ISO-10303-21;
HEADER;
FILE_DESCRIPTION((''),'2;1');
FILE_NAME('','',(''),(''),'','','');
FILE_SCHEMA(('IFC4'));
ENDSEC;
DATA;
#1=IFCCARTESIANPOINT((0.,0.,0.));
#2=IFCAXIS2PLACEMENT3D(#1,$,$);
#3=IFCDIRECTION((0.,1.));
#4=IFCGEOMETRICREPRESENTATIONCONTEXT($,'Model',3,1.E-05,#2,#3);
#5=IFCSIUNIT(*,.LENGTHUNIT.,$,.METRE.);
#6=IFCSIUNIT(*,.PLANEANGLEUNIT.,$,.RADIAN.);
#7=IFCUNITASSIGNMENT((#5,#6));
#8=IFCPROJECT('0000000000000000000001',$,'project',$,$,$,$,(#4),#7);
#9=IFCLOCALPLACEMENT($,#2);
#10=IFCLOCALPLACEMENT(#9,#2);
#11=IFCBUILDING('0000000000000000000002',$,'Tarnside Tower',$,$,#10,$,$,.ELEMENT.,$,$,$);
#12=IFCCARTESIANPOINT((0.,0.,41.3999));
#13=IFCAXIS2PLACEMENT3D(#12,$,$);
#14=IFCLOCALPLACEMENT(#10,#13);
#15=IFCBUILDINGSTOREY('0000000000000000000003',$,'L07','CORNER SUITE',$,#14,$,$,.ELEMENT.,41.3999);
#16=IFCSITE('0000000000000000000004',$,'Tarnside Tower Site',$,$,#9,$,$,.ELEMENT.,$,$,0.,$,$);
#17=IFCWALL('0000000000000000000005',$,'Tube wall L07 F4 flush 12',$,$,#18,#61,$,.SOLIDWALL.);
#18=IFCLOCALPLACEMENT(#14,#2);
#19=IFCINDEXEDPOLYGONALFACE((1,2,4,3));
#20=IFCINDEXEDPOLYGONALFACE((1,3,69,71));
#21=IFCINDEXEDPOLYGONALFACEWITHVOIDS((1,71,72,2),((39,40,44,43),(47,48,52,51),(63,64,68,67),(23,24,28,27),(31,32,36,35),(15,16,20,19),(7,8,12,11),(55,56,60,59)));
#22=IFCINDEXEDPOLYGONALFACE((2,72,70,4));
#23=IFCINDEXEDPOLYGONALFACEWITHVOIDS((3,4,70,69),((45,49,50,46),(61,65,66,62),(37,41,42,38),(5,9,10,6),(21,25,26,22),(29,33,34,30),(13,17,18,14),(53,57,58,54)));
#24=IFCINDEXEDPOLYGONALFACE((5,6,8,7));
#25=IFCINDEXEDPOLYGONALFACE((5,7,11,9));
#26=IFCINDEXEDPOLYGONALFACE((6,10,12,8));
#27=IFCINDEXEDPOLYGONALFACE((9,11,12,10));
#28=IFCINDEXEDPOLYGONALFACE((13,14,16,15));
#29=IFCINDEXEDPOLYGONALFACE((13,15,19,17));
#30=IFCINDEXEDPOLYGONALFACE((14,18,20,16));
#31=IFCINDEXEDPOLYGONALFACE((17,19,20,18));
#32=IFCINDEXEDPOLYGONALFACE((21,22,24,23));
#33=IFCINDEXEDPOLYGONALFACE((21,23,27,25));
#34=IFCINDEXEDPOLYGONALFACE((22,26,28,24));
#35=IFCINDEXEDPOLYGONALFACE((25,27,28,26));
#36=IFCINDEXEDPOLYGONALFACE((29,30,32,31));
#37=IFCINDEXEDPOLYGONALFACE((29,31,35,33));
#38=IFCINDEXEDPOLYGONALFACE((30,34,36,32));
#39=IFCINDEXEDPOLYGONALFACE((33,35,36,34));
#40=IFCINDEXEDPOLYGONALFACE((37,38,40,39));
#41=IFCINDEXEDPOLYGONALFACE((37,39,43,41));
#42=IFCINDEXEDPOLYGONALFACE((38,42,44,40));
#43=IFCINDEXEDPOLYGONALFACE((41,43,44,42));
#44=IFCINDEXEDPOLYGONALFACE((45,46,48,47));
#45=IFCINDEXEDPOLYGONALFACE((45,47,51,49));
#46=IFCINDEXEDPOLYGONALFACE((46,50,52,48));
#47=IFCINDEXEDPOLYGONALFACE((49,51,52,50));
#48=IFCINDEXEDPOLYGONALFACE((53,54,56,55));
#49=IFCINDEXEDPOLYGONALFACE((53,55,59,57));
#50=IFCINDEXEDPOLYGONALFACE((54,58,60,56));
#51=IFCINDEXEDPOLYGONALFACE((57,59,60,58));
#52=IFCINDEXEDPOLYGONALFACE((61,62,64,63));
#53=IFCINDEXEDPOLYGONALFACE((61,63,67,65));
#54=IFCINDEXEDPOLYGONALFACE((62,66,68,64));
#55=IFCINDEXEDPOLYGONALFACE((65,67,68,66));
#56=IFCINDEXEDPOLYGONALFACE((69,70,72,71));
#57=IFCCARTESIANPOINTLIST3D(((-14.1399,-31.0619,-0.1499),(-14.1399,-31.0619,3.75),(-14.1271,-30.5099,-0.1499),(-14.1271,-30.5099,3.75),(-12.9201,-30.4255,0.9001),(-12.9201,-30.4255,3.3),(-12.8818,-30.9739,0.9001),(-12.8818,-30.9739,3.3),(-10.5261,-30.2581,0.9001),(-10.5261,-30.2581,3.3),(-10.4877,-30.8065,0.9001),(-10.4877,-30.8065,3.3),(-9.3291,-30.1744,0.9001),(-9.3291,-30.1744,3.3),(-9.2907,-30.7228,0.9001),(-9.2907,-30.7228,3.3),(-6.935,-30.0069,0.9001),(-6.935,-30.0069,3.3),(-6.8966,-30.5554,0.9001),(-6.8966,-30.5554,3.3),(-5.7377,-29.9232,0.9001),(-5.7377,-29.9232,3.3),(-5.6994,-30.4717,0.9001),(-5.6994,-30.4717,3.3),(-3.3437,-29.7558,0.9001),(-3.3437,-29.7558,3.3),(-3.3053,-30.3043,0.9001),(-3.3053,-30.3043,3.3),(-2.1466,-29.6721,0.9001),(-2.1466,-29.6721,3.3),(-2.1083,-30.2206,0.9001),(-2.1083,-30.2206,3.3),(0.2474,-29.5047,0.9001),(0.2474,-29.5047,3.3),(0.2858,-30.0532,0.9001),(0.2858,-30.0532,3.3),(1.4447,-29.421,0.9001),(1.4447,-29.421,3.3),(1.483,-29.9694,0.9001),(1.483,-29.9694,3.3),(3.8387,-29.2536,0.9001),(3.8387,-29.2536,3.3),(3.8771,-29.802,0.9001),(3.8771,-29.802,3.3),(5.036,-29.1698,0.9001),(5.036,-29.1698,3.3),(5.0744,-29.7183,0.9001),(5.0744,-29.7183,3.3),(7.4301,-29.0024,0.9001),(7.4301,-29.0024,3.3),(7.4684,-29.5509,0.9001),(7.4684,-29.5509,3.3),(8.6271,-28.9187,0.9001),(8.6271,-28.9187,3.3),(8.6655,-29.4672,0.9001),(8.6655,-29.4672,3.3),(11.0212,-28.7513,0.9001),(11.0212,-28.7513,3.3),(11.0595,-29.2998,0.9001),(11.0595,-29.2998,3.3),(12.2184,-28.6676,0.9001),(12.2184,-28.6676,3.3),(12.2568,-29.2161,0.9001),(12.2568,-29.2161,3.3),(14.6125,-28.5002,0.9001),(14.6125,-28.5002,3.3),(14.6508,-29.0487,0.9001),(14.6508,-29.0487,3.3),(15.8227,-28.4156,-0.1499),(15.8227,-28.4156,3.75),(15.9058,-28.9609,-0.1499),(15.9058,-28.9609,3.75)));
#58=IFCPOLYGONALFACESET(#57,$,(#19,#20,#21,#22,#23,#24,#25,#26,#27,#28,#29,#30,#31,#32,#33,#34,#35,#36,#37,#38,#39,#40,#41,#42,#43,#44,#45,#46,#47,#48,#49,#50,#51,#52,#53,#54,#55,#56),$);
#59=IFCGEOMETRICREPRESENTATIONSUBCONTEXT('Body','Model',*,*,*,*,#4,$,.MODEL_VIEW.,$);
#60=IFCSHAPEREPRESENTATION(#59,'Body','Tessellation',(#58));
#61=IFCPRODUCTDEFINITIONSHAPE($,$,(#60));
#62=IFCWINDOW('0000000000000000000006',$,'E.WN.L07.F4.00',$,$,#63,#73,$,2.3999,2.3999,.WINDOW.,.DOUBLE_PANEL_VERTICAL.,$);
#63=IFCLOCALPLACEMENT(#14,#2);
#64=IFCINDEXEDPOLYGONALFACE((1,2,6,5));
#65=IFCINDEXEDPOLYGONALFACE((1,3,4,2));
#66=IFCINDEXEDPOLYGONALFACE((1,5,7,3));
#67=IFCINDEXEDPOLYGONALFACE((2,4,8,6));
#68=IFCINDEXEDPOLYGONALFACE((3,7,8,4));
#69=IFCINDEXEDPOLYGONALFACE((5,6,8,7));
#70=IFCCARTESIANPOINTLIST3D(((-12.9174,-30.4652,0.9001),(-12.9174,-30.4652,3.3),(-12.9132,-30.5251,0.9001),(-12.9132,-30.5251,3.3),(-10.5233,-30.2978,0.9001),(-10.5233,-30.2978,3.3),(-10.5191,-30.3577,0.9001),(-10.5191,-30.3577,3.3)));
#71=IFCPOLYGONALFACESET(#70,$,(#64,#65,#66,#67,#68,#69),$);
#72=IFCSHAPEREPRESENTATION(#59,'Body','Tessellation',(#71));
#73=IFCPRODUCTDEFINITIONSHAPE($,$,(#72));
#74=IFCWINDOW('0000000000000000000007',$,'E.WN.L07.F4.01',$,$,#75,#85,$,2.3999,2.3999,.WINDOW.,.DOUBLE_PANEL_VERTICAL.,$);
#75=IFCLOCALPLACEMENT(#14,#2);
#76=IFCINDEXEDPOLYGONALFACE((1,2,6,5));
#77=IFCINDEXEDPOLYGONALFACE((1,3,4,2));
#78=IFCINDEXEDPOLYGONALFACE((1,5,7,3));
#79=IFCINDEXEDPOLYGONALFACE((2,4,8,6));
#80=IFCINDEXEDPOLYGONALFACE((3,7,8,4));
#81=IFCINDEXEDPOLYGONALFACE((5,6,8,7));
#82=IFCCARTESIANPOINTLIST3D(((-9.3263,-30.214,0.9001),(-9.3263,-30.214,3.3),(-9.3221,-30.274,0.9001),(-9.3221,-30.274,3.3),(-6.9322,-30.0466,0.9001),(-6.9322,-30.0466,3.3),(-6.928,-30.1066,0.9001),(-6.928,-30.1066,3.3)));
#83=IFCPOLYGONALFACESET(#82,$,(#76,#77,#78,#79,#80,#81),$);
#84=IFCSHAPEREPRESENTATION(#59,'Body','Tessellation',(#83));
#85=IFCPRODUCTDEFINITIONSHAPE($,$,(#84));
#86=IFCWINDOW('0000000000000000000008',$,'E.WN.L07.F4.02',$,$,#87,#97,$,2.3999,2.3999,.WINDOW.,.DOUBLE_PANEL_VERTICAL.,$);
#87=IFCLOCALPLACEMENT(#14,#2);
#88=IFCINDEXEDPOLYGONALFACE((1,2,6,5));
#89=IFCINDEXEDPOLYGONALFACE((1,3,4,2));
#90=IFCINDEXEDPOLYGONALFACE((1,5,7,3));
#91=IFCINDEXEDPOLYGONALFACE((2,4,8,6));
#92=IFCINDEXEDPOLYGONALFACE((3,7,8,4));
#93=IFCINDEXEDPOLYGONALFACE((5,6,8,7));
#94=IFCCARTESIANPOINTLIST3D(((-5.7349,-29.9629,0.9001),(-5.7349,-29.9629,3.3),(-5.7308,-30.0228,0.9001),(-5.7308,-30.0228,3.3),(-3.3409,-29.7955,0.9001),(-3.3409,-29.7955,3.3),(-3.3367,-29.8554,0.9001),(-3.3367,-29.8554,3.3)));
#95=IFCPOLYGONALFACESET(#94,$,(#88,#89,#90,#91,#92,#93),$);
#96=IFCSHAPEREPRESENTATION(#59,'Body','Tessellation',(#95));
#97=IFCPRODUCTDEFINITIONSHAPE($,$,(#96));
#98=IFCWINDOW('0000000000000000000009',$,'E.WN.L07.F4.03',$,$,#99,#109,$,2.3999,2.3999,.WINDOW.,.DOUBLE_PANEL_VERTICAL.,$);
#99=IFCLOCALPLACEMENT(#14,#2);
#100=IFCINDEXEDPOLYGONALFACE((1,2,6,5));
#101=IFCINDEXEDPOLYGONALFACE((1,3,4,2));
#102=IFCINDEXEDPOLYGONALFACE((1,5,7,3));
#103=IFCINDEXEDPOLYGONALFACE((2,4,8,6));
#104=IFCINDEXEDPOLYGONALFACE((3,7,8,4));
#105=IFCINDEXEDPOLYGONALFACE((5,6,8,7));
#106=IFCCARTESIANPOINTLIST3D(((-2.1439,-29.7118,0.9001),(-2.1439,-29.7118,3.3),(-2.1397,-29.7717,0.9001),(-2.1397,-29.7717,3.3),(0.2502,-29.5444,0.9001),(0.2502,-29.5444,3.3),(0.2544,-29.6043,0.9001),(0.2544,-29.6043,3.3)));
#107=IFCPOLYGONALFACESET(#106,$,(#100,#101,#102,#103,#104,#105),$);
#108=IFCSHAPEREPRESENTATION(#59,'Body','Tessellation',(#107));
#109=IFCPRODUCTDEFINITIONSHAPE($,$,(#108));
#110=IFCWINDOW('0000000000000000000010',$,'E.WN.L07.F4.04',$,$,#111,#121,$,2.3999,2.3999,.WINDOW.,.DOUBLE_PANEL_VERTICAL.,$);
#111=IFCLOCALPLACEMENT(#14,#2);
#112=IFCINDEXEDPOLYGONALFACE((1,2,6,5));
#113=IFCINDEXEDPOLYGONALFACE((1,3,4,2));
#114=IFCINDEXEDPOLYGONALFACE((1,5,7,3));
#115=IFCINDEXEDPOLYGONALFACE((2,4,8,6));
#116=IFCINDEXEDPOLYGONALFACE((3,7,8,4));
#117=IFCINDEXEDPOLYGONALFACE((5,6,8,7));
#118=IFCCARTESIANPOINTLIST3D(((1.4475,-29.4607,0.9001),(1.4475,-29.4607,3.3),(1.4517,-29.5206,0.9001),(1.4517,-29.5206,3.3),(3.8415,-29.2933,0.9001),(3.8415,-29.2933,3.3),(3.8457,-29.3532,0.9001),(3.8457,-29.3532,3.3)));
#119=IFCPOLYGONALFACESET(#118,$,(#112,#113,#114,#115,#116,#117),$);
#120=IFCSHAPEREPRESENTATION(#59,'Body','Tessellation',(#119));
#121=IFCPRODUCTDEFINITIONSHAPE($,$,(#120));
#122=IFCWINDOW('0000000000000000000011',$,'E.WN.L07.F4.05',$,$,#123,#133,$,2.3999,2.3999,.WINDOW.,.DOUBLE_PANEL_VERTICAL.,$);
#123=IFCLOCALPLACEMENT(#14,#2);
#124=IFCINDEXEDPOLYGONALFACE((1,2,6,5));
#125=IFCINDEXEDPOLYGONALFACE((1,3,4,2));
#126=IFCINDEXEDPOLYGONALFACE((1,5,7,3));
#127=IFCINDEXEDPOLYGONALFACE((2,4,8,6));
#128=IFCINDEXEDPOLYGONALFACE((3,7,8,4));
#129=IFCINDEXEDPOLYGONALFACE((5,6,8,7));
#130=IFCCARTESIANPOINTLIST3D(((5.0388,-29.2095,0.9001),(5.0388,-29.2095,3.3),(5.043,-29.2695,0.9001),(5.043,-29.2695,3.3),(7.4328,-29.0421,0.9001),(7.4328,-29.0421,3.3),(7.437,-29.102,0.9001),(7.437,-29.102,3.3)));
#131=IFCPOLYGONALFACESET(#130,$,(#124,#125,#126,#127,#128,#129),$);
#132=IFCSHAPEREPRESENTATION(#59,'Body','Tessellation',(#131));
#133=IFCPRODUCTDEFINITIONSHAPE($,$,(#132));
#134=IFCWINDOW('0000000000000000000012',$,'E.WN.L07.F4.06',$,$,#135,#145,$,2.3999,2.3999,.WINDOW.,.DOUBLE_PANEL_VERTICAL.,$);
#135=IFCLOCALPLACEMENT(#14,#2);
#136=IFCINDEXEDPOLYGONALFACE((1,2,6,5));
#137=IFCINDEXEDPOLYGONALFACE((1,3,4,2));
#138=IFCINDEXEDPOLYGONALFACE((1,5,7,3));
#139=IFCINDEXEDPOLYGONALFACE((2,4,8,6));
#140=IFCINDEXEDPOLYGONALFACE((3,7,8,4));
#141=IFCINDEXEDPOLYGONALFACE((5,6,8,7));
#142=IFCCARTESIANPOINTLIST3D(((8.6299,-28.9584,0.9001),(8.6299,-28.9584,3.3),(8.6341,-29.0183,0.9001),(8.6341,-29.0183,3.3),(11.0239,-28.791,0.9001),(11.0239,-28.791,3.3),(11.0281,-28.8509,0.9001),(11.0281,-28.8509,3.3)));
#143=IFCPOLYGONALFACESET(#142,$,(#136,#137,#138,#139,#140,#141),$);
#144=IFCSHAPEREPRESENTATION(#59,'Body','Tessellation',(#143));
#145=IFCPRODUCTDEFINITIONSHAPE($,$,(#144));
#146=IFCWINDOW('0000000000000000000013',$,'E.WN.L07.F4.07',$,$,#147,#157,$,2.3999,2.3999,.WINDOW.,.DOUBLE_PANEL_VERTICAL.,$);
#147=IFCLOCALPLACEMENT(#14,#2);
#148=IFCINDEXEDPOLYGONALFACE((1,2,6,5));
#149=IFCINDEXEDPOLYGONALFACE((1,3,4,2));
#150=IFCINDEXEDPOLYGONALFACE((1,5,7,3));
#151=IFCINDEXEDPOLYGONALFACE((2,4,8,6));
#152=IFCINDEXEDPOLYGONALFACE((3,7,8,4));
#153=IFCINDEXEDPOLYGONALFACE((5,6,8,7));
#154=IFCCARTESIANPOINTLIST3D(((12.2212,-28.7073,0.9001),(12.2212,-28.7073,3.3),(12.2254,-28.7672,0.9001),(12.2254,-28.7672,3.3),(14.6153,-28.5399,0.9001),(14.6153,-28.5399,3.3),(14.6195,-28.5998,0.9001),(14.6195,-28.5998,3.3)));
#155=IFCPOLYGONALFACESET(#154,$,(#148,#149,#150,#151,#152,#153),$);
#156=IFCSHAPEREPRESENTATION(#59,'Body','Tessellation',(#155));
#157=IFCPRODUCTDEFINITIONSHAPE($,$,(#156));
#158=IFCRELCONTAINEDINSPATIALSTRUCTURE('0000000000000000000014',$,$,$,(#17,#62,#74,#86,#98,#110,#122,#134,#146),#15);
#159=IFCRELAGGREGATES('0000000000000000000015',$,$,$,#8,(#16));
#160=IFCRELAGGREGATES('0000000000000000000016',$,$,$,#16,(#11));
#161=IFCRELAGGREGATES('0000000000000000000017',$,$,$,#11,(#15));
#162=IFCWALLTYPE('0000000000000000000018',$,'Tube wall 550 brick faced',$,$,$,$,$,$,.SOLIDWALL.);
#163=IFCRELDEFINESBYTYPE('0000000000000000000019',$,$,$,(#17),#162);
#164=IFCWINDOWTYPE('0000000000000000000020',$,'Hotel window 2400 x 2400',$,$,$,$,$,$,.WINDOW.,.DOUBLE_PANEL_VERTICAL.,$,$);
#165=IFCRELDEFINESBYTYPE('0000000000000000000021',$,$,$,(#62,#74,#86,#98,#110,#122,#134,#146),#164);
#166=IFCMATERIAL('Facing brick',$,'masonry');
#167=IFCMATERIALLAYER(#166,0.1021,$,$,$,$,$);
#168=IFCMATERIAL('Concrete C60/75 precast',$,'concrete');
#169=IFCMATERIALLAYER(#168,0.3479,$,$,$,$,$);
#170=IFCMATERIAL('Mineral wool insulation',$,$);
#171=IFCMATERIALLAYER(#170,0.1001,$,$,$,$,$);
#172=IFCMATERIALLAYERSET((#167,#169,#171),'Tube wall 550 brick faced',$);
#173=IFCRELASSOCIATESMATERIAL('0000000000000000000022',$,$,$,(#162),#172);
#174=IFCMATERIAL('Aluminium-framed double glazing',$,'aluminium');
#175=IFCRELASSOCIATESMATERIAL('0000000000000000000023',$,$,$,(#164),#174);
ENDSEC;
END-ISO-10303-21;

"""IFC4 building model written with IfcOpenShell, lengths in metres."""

from ifc_helpers import new_model, si_unit, direction, frame, frame_2d, origin, place, context, subcontext, project, spatial, polyline, rectangle, outline, extrude, material, layer, layer_set, type_object, element, fill, save


model = new_model("IFC4")

# Units and contexts
model_context = context("Model", 3, precision=1e-05, world=origin(), true_north=direction((0.0, 1.0)))
body_context = subcontext(model_context, "Body", "Model", "MODEL_VIEW")
ifc_project = project(units=[si_unit("LENGTHUNIT", "METRE"), si_unit("PLANEANGLEUNIT", "RADIAN")], contexts=[model_context])

# Site, building, storey
site_placement = place(None, origin())
site = spatial("IfcSite", under=ifc_project, at=site_placement, Name="Tarnside Tower Site", CompositionType="ELEMENT", RefElevation=0.0)
building_placement = place(site_placement, origin())
building = spatial("IfcBuilding", under=site, at=building_placement, Name="Tarnside Tower", CompositionType="ELEMENT")
storey_placement = place(building_placement, frame((0.0, 0.0, 41.3999)))
storey = spatial("IfcBuildingStorey", under=building, at=storey_placement, Name="L07", Description="CORNER SUITE", CompositionType="ELEMENT", Elevation=41.3999)

# Shared definitions
ifc_material_1 = material(Name="Facing brick", Category="masonry")
ifc_layer_1 = layer(ifc_material_1, 0.1021)
ifc_material_2 = material(Name="Concrete C60/75 precast", Category="concrete")
ifc_layer_2 = layer(ifc_material_2, 0.3479)
ifc_material_3 = material(Name="Mineral wool insulation")
ifc_layer_3 = layer(ifc_material_3, 0.1001)
ifc_layer_set_1 = layer_set([ifc_layer_1, ifc_layer_2, ifc_layer_3], Name="Tube wall 550 brick faced")
wall_type_1 = type_object("IfcWallType", Name="Tube wall 550 brick faced", PredefinedType="SOLIDWALL", material=ifc_layer_set_1)

# Wall, openings, windows
wall_1_placement = place(storey_placement, frame((-14.1335, -30.7859, -0.1499), z_axis=(0.0, 0.0, 1.0), x_axis=(0.997564, 0.069757, 0.0)))
wall_1 = element("IfcWall", 1, at=wall_1_placement, inside=storey, type_object=wall_type_1, Name="Tube wall L07 F4 flush 12", PredefinedType="SOLIDWALL", context=body_context, shape_type="SweptSolid", body=[
    extrude(outline(polyline([(-0.0256, -0.2749), (30.0935, -0.2749), (30.0486, 0.2749), (0.0256, 0.2749), (-0.0256, -0.2749)])), origin(), (0.0, 0.0, 1.0), 3.8999),
])
opening_1_placement = place(wall_1_placement, frame((1.2356, 0.0, 1.05)))
opening_1 = element("IfcOpeningElement", 2, at=opening_1_placement, cuts=wall_1, PredefinedType="OPENING", context=body_context, shape_type="SweptSolid", body=[
    extrude(rectangle(XDim=2.3999, YDim=2.3999, at=frame_2d((1.2, 1.2))), frame((0.0, 0.2852, 0.0), z_axis=(0.0, -1.0, 0.0), x_axis=(1.0, 0.0, 0.0)), (0.0, 0.0, 1.0), 0.5701),
])
opening_2_placement = place(wall_1_placement, frame((4.8354, 0.0, 1.05)))
opening_2 = element("IfcOpeningElement", 3, at=opening_2_placement, cuts=wall_1, PredefinedType="OPENING", context=body_context, shape_type="SweptSolid", body=[
    extrude(rectangle(XDim=2.3999, YDim=2.3999, at=frame_2d((1.2, 1.2))), frame((0.0, 0.2852, 0.0), z_axis=(0.0, -1.0, 0.0), x_axis=(1.0, 0.0, 0.0)), (0.0, 0.0, 1.0), 0.5701),
])
opening_3_placement = place(wall_1_placement, frame((8.4355, 0.0, 1.05)))
opening_3 = element("IfcOpeningElement", 4, at=opening_3_placement, cuts=wall_1, PredefinedType="OPENING", context=body_context, shape_type="SweptSolid", body=[
    extrude(rectangle(XDim=2.3999, YDim=2.3999, at=frame_2d((1.2, 1.2))), frame((0.0, 0.2852, 0.0), z_axis=(0.0, -1.0, 0.0), x_axis=(1.0, 0.0, 0.0)), (0.0, 0.0, 1.0), 0.5701),
])
opening_4_placement = place(wall_1_placement, frame((12.0354, 0.0, 1.05)))
opening_4 = element("IfcOpeningElement", 5, at=opening_4_placement, cuts=wall_1, PredefinedType="OPENING", context=body_context, shape_type="SweptSolid", body=[
    extrude(rectangle(XDim=2.3999, YDim=2.3999, at=frame_2d((1.2, 1.2))), frame((0.0, 0.2852, 0.0), z_axis=(0.0, -1.0, 0.0), x_axis=(1.0, 0.0, 0.0)), (0.0, 0.0, 1.0), 0.5701),
])
opening_5_placement = place(wall_1_placement, frame((15.6355, 0.0, 1.05)))
opening_5 = element("IfcOpeningElement", 6, at=opening_5_placement, cuts=wall_1, PredefinedType="OPENING", context=body_context, shape_type="SweptSolid", body=[
    extrude(rectangle(XDim=2.3999, YDim=2.3999, at=frame_2d((1.2, 1.2))), frame((0.0, 0.2852, 0.0), z_axis=(0.0, -1.0, 0.0), x_axis=(1.0, 0.0, 0.0)), (0.0, 0.0, 1.0), 0.5701),
])
opening_6_placement = place(wall_1_placement, frame((19.2356, 0.0, 1.05)))
opening_6 = element("IfcOpeningElement", 7, at=opening_6_placement, cuts=wall_1, PredefinedType="OPENING", context=body_context, shape_type="SweptSolid", body=[
    extrude(rectangle(XDim=2.3999, YDim=2.3999, at=frame_2d((1.2, 1.2))), frame((0.0, 0.2852, 0.0), z_axis=(0.0, -1.0, 0.0), x_axis=(1.0, 0.0, 0.0)), (0.0, 0.0, 1.0), 0.5701),
])
opening_7_placement = place(wall_1_placement, frame((22.8354, 0.0, 1.05)))
opening_7 = element("IfcOpeningElement", 8, at=opening_7_placement, cuts=wall_1, PredefinedType="OPENING", context=body_context, shape_type="SweptSolid", body=[
    extrude(rectangle(XDim=2.3999, YDim=2.3999, at=frame_2d((1.2, 1.2))), frame((0.0, 0.2852, 0.0), z_axis=(0.0, -1.0, 0.0), x_axis=(1.0, 0.0, 0.0)), (0.0, 0.0, 1.0), 0.5701),
])
opening_8_placement = place(wall_1_placement, frame((26.4355, 0.0, 1.05)))
opening_8 = element("IfcOpeningElement", 9, at=opening_8_placement, cuts=wall_1, PredefinedType="OPENING", context=body_context, shape_type="SweptSolid", body=[
    extrude(rectangle(XDim=2.3999, YDim=2.3999, at=frame_2d((1.2, 1.2))), frame((0.0, 0.2852, 0.0), z_axis=(0.0, -1.0, 0.0), x_axis=(1.0, 0.0, 0.0)), (0.0, 0.0, 1.0), 0.5701),
])
ifc_material_4 = material(Name="Aluminium-framed double glazing", Category="aluminium")
window_type = type_object("IfcWindowType", Name="Hotel window 2400 x 2400", PartitioningType="DOUBLE_PANEL_VERTICAL", PredefinedType="WINDOW", material=ifc_material_4)
window_1_placement = place(opening_1_placement, frame((0.0, 0.2051, 0.0)))
window_1 = element("IfcWindow", 10, at=window_1_placement, inside=storey, type_object=window_type, Name="E.WN.L07.F4.00", OverallHeight=2.3999, OverallWidth=2.3999, PartitioningType="DOUBLE_PANEL_VERTICAL", PredefinedType="WINDOW", context=body_context, shape_type="SweptSolid", body=[
    extrude(rectangle(XDim=2.3999, YDim=2.3999, at=frame_2d((1.2, 1.2))), frame((0.0, 0.03, 0.0), z_axis=(0.0, -1.0, 0.0), x_axis=(1.0, 0.0, 0.0)), (0.0, 0.0, 1.0), 0.0601),
])
fill(opening_1, window_1)
window_2_placement = place(opening_2_placement, frame((0.0, 0.2051, 0.0)))
window_2 = element("IfcWindow", 11, at=window_2_placement, inside=storey, type_object=window_type, Name="E.WN.L07.F4.01", OverallHeight=2.3999, OverallWidth=2.3999, PartitioningType="DOUBLE_PANEL_VERTICAL", PredefinedType="WINDOW", context=body_context, shape_type="SweptSolid", body=[
    extrude(rectangle(XDim=2.3999, YDim=2.3999, at=frame_2d((1.2, 1.2))), frame((0.0, 0.03, 0.0), z_axis=(0.0, -1.0, 0.0), x_axis=(1.0, 0.0, 0.0)), (0.0, 0.0, 1.0), 0.0601),
])
fill(opening_2, window_2)
window_3_placement = place(opening_3_placement, frame((0.0, 0.2051, 0.0)))
window_3 = element("IfcWindow", 12, at=window_3_placement, inside=storey, type_object=window_type, Name="E.WN.L07.F4.02", OverallHeight=2.3999, OverallWidth=2.3999, PartitioningType="DOUBLE_PANEL_VERTICAL", PredefinedType="WINDOW", context=body_context, shape_type="SweptSolid", body=[
    extrude(rectangle(XDim=2.3999, YDim=2.3999, at=frame_2d((1.2, 1.2))), frame((0.0, 0.03, 0.0), z_axis=(0.0, -1.0, 0.0), x_axis=(1.0, 0.0, 0.0)), (0.0, 0.0, 1.0), 0.0601),
])
fill(opening_3, window_3)
window_4_placement = place(opening_4_placement, frame((0.0, 0.2051, 0.0)))
window_4 = element("IfcWindow", 13, at=window_4_placement, inside=storey, type_object=window_type, Name="E.WN.L07.F4.03", OverallHeight=2.3999, OverallWidth=2.3999, PartitioningType="DOUBLE_PANEL_VERTICAL", PredefinedType="WINDOW", context=body_context, shape_type="SweptSolid", body=[
    extrude(rectangle(XDim=2.3999, YDim=2.3999, at=frame_2d((1.2, 1.2))), frame((0.0, 0.03, 0.0), z_axis=(0.0, -1.0, 0.0), x_axis=(1.0, 0.0, 0.0)), (0.0, 0.0, 1.0), 0.0601),
])
fill(opening_4, window_4)
window_5_placement = place(opening_5_placement, frame((0.0, 0.2051, 0.0)))
window_5 = element("IfcWindow", 14, at=window_5_placement, inside=storey, type_object=window_type, Name="E.WN.L07.F4.04", OverallHeight=2.3999, OverallWidth=2.3999, PartitioningType="DOUBLE_PANEL_VERTICAL", PredefinedType="WINDOW", context=body_context, shape_type="SweptSolid", body=[
    extrude(rectangle(XDim=2.3999, YDim=2.3999, at=frame_2d((1.2, 1.2))), frame((0.0, 0.03, 0.0), z_axis=(0.0, -1.0, 0.0), x_axis=(1.0, 0.0, 0.0)), (0.0, 0.0, 1.0), 0.0601),
])
fill(opening_5, window_5)
window_6_placement = place(opening_6_placement, frame((0.0, 0.2051, 0.0)))
window_6 = element("IfcWindow", 15, at=window_6_placement, inside=storey, type_object=window_type, Name="E.WN.L07.F4.05", OverallHeight=2.3999, OverallWidth=2.3999, PartitioningType="DOUBLE_PANEL_VERTICAL", PredefinedType="WINDOW", context=body_context, shape_type="SweptSolid", body=[
    extrude(rectangle(XDim=2.3999, YDim=2.3999, at=frame_2d((1.2, 1.2))), frame((0.0, 0.03, 0.0), z_axis=(0.0, -1.0, 0.0), x_axis=(1.0, 0.0, 0.0)), (0.0, 0.0, 1.0), 0.0601),
])
fill(opening_6, window_6)
window_7_placement = place(opening_7_placement, frame((0.0, 0.2051, 0.0)))
window_7 = element("IfcWindow", 16, at=window_7_placement, inside=storey, type_object=window_type, Name="E.WN.L07.F4.06", OverallHeight=2.3999, OverallWidth=2.3999, PartitioningType="DOUBLE_PANEL_VERTICAL", PredefinedType="WINDOW", context=body_context, shape_type="SweptSolid", body=[
    extrude(rectangle(XDim=2.3999, YDim=2.3999, at=frame_2d((1.2, 1.2))), frame((0.0, 0.03, 0.0), z_axis=(0.0, -1.0, 0.0), x_axis=(1.0, 0.0, 0.0)), (0.0, 0.0, 1.0), 0.0601),
])
fill(opening_7, window_7)
window_8_placement = place(opening_8_placement, frame((0.0, 0.2051, 0.0)))
window_8 = element("IfcWindow", 17, at=window_8_placement, inside=storey, type_object=window_type, Name="E.WN.L07.F4.07", OverallHeight=2.3999, OverallWidth=2.3999, PartitioningType="DOUBLE_PANEL_VERTICAL", PredefinedType="WINDOW", context=body_context, shape_type="SweptSolid", body=[
    extrude(rectangle(XDim=2.3999, YDim=2.3999, at=frame_2d((1.2, 1.2))), frame((0.0, 0.03, 0.0), z_axis=(0.0, -1.0, 0.0), x_axis=(1.0, 0.0, 0.0)), (0.0, 0.0, 1.0), 0.0601),
])
fill(opening_8, window_8)

save(model, "model.ifc")
